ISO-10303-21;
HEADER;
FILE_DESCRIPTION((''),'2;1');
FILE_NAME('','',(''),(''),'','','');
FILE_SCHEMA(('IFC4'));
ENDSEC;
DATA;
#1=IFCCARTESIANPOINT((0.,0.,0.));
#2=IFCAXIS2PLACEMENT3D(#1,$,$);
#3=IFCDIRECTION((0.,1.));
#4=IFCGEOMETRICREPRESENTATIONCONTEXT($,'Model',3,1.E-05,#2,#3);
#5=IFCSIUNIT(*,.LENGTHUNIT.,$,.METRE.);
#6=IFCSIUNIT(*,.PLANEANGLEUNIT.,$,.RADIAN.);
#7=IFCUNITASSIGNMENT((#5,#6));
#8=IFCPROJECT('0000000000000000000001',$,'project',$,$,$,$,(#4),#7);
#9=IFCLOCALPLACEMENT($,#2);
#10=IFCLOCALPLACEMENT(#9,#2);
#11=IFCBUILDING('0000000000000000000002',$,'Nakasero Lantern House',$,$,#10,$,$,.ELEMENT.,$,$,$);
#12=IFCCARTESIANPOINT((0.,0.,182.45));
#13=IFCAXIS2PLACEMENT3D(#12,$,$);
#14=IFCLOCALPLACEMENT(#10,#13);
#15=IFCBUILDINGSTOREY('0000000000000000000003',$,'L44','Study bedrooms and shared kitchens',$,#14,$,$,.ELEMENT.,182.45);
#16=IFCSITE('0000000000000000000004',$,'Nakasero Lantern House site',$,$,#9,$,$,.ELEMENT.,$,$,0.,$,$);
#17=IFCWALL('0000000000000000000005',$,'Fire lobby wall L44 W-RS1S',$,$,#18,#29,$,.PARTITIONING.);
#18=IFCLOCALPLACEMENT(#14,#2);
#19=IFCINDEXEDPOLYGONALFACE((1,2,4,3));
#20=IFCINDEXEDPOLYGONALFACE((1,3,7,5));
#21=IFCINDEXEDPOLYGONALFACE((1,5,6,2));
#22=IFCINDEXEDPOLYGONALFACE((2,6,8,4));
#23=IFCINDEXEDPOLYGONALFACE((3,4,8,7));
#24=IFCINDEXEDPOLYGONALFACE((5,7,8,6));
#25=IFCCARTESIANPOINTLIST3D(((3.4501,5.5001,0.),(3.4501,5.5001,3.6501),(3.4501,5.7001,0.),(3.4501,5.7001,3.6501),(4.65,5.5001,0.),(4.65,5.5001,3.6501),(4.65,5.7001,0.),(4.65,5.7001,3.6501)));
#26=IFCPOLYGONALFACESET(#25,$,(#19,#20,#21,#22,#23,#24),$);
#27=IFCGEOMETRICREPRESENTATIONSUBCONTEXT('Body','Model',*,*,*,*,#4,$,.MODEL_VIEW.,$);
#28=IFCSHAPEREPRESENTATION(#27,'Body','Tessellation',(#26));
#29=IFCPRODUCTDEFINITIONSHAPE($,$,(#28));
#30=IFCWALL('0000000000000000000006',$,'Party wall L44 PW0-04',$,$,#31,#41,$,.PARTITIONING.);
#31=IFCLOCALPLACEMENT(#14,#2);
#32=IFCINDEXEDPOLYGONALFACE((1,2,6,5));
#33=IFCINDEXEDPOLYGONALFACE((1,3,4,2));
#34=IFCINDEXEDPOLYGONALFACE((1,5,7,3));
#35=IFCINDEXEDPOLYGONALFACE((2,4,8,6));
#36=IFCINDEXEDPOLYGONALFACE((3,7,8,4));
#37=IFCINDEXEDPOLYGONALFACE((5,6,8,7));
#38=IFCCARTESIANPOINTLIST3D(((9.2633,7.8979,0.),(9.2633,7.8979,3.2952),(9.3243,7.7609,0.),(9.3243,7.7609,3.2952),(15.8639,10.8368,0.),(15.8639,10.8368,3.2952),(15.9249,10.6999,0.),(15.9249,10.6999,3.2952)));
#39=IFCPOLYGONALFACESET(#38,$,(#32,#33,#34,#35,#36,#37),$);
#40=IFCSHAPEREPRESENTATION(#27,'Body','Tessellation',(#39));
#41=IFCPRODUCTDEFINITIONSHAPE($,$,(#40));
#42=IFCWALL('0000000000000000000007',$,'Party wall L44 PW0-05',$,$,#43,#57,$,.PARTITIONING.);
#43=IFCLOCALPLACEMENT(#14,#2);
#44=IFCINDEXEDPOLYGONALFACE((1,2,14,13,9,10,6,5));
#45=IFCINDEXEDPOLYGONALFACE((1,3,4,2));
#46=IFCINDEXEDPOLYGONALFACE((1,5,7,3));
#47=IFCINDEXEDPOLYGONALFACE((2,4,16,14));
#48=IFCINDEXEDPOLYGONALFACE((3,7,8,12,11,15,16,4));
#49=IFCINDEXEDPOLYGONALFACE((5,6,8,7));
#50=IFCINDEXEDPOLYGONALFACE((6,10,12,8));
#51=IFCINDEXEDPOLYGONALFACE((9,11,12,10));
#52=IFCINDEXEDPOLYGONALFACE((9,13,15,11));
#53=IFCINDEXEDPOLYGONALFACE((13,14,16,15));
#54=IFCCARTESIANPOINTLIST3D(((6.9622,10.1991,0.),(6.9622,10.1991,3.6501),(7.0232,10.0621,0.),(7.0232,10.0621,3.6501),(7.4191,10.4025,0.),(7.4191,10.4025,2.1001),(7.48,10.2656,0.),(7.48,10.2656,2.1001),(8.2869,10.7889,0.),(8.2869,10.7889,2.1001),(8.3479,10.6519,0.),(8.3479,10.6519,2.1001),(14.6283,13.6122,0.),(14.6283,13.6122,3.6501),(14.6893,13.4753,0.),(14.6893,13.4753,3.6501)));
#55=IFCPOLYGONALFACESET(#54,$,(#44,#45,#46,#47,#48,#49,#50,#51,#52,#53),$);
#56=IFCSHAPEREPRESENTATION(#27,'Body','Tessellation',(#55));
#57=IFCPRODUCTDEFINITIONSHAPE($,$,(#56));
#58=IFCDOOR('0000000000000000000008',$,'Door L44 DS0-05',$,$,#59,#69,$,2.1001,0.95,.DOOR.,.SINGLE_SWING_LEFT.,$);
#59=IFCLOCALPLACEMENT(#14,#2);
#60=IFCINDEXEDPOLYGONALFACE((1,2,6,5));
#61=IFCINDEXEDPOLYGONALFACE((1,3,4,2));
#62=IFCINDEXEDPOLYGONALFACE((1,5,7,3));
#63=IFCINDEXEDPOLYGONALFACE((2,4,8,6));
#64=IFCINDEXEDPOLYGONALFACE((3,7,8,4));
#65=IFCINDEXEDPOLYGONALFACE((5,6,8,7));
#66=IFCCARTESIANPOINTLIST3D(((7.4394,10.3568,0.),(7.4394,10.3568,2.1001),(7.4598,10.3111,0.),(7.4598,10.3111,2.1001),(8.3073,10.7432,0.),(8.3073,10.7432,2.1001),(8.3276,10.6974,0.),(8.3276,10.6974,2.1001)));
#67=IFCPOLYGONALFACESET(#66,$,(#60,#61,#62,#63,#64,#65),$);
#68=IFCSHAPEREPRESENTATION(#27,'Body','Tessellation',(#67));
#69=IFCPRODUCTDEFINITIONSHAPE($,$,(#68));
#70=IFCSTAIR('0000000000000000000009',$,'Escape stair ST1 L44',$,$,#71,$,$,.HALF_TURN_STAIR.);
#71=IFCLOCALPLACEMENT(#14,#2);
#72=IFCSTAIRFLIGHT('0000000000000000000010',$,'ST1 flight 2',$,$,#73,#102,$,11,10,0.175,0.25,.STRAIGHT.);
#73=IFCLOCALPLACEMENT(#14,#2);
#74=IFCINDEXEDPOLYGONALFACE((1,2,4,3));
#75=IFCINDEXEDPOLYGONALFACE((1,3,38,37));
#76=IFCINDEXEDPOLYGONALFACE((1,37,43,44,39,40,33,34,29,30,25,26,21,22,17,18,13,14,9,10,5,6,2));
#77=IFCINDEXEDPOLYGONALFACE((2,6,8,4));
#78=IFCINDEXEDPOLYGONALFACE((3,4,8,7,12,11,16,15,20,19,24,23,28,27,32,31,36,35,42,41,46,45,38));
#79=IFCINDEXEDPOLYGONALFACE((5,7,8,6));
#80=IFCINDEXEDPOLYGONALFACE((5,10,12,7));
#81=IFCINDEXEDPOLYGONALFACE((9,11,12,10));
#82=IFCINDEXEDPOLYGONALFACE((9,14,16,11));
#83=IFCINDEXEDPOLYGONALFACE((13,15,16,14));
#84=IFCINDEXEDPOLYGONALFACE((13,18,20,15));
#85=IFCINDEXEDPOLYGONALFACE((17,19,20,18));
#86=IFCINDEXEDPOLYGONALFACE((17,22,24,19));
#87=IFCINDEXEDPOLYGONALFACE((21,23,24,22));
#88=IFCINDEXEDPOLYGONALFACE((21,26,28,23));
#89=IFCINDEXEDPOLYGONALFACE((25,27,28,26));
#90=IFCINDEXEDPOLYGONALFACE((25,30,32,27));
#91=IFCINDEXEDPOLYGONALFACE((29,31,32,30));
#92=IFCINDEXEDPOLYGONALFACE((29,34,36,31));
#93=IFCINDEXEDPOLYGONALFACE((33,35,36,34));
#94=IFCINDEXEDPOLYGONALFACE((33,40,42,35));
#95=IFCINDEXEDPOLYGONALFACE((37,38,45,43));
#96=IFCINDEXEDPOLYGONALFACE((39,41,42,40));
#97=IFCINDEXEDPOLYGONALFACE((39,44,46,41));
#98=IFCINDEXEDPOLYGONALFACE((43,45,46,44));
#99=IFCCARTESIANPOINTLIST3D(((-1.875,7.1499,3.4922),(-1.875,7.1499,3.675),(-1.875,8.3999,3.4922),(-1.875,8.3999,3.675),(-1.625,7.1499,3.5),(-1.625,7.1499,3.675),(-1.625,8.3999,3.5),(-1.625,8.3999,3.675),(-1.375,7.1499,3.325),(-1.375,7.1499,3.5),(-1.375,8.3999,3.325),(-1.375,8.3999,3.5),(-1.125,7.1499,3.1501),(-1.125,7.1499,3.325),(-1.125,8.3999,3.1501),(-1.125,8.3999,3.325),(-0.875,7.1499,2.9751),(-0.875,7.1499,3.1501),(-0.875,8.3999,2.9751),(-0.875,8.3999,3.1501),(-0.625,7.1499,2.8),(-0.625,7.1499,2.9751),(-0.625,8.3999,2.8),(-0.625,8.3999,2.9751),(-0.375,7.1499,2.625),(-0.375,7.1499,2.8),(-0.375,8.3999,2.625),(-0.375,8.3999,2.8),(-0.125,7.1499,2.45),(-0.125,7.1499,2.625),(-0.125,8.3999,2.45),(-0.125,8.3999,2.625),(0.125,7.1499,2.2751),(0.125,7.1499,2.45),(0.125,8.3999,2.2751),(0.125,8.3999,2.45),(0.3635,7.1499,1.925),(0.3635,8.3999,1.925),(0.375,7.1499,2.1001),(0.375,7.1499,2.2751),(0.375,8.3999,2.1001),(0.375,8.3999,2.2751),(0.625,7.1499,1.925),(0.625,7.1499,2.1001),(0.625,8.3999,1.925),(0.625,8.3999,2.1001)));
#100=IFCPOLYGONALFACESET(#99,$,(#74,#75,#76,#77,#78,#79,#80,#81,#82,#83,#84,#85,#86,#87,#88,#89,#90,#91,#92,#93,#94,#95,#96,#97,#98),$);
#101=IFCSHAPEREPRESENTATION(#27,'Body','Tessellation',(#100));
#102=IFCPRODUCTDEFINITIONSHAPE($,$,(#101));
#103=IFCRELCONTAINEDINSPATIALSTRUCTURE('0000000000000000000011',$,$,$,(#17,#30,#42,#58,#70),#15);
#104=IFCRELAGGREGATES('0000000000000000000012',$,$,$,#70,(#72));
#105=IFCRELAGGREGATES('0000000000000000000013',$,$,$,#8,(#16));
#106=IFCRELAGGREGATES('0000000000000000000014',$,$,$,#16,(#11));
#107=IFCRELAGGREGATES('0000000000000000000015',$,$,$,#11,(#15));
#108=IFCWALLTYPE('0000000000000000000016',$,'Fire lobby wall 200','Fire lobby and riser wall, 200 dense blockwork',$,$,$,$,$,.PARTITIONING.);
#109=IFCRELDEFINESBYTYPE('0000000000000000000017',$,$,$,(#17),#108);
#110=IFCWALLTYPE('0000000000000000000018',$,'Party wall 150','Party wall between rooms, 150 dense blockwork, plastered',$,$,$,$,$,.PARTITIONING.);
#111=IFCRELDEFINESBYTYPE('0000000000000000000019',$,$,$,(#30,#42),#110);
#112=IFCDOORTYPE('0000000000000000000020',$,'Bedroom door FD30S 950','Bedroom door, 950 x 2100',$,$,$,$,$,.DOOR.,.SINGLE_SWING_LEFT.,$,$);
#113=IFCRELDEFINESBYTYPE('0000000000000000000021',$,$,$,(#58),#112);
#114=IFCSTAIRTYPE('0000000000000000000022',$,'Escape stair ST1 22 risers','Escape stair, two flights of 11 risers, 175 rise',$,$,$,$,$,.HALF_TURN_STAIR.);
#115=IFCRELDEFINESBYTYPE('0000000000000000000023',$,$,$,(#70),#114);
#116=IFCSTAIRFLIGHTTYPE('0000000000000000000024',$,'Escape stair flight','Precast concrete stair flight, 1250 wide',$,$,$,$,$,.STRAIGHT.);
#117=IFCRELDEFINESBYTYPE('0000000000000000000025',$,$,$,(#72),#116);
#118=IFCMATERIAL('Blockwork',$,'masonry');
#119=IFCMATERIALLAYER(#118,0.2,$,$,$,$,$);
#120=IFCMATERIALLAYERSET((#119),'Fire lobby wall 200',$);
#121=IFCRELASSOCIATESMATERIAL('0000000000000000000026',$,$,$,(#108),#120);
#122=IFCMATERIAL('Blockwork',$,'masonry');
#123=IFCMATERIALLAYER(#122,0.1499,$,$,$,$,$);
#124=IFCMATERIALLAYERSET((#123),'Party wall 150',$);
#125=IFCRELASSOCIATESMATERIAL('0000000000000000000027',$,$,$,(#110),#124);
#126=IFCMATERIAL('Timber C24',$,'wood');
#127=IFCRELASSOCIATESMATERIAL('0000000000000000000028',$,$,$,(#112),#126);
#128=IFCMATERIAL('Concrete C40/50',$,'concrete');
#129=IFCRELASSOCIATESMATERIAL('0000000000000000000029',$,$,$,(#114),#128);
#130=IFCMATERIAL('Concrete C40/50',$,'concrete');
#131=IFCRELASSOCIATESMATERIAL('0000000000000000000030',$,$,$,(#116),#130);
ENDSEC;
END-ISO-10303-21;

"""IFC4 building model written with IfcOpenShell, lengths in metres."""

from ifc_helpers import new_model, si_unit, direction, frame, frame_2d, origin, place, context, subcontext, project, spatial, polyline, rectangle, outline, extrude, material, layer, layer_set, type_object, element, fill, aggregate, save


model = new_model("IFC4")

# Units and contexts
model_context = context("Model", 3, precision=1e-05, world=origin(), true_north=direction((0.0, 1.0)))
body_context = subcontext(model_context, "Body", "Model", "MODEL_VIEW")
ifc_project = project(units=[si_unit("LENGTHUNIT", "METRE"), si_unit("PLANEANGLEUNIT", "RADIAN")], contexts=[model_context])

# Site, building, storey
site_placement = place(None, origin())
site = spatial("IfcSite", under=ifc_project, at=site_placement, Name="Nakasero Lantern House site", CompositionType="ELEMENT", RefElevation=0.0)
building_placement = place(site_placement, origin())
building = spatial("IfcBuilding", under=site, at=building_placement, Name="Nakasero Lantern House", CompositionType="ELEMENT")
storey_placement = place(building_placement, frame((0.0, 0.0, 182.45)))
storey = spatial("IfcBuildingStorey", under=building, at=storey_placement, Name="L44", Description="Study bedrooms and shared kitchens", CompositionType="ELEMENT", Elevation=182.45)

# Shared definitions
ifc_material_1 = material(Name="Blockwork", Category="masonry")
ifc_layer_1 = layer(ifc_material_1, 0.2)
ifc_layer_set_1 = layer_set([ifc_layer_1], Name="Fire lobby wall 200")
wall_type_1 = type_object("IfcWallType", Name="Fire lobby wall 200", Description="Fire lobby and riser wall, 200 dense blockwork", PredefinedType="PARTITIONING", material=ifc_layer_set_1)

# Walls
for number, where, z_axis, x_axis, name in (
    (1, (3.45, 5.6001, 0.0), (0.0, 0.0, 1.0), (1.0, 0.0, 0.0), "Fire lobby wall L44 W-RS1S"),
):
    element("IfcWall", number, at=place(storey_placement, frame(where, z_axis=z_axis, x_axis=x_axis)), inside=storey, type_object=wall_type_1, Name=name, PredefinedType="PARTITIONING", context=body_context, shape_type="SweptSolid", body=[
        extrude(rectangle(XDim=1.2, YDim=0.2, at=frame_2d((0.6001, 0.0))), origin(), (0.0, 0.0, 1.0), 3.6501),
    ])
ifc_material_2 = material(Name="Blockwork", Category="masonry")
ifc_layer_2 = layer(ifc_material_2, 0.1499)
ifc_layer_set_2 = layer_set([ifc_layer_2], Name="Party wall 150")
wall_type_2 = type_object("IfcWallType", Name="Party wall 150", Description="Party wall between rooms, 150 dense blockwork, plastered", PredefinedType="PARTITIONING", material=ifc_layer_set_2)
wall_1_placement = place(storey_placement, frame((9.2937, 7.8293, 0.0), z_axis=(0.0, 0.0, 1.0), x_axis=(0.913535, 0.406759, 0.0)))
element("IfcWall", 2, at=wall_1_placement, inside=storey, type_object=wall_type_2, Name="Party wall L44 PW0-04", PredefinedType="PARTITIONING", context=body_context, shape_type="SweptSolid", body=[
    extrude(rectangle(XDim=7.2253, YDim=0.1499, at=frame_2d((3.6128, 0.0))), origin(), (0.0, 0.0, 1.0), 3.2952),
])

# Wall, opening, door
wall_2_placement = place(storey_placement, frame((6.9927, 10.1306, 0.0), z_axis=(0.0, 0.0, 1.0), x_axis=(0.913547, 0.406732, 0.0)))
wall_2 = element("IfcWall", 3, at=wall_2_placement, inside=storey, type_object=wall_type_2, Name="Party wall L44 PW0-05", PredefinedType="PARTITIONING", context=body_context, shape_type="SweptSolid", body=[
    extrude(rectangle(XDim=8.3916, YDim=0.1499, at=frame_2d((4.1958, 0.0))), origin(), (0.0, 0.0, 1.0), 3.6501),
])
opening_1_placement = place(wall_2_placement, frame((0.5, 0.0, 0.0)))
opening_1 = element("IfcOpeningElement", 4, at=opening_1_placement, cuts=wall_2, PredefinedType="OPENING", context=body_context, shape_type="SweptSolid", body=[
    extrude(rectangle(XDim=0.95, YDim=2.1001, at=frame_2d((0.4751, 1.05))), frame((0.0, 0.095, 0.0), z_axis=(0.0, -1.0, 0.0), x_axis=(1.0, 0.0, 0.0)), (0.0, 0.0, 1.0), 0.1899),
])
ifc_material_3 = material(Name="Timber C24", Category="wood")
door_type_1 = type_object("IfcDoorType", Name="Bedroom door FD30S 950", Description="Bedroom door, 950 x 2100", OperationType="SINGLE_SWING_LEFT", PredefinedType="DOOR", material=ifc_material_3)
door_1_placement = place(opening_1_placement, origin())
door_1 = element("IfcDoor", 5, at=door_1_placement, inside=storey, type_object=door_type_1, Name="Door L44 DS0-05", OperationType="SINGLE_SWING_LEFT", OverallHeight=2.1001, OverallWidth=0.95, PredefinedType="DOOR", context=body_context, shape_type="SweptSolid", body=[
    extrude(rectangle(XDim=0.95, YDim=2.1001, at=frame_2d((0.4751, 1.05))), frame((0.0, 0.0249, 0.0), z_axis=(0.0, -1.0, 0.0), x_axis=(1.0, 0.0, 0.0)), (0.0, 0.0, 1.0), 0.05),
])
fill(opening_1, door_1)

# Stair, stair flight
ifc_material_4 = material(Name="Concrete C40/50", Category="concrete")
stair_type_1 = type_object("IfcStairType", Name="Escape stair ST1 22 risers", Description="Escape stair, two flights of 11 risers, 175 rise", PredefinedType="HALF_TURN_STAIR", material=ifc_material_4)
stair_1_placement = place(storey_placement, origin())
stair_1 = element("IfcStair", 6, at=stair_1_placement, inside=storey, type_object=stair_type_1, Name="Escape stair ST1 L44", PredefinedType="HALF_TURN_STAIR")
ifc_material_5 = material(Name="Concrete C40/50", Category="concrete")
stair_flight_type = type_object("IfcStairFlightType", Name="Escape stair flight", Description="Precast concrete stair flight, 1250 wide", PredefinedType="STRAIGHT", material=ifc_material_5)
stair_flight_placement = place(storey_placement, frame((0.625, 7.7749, 1.925), z_axis=(0.0, 0.0, 1.0), x_axis=(-1.0, 0.0, 0.0)))
stair_flight = element("IfcStairFlight", 7, at=stair_flight_placement, type_object=stair_flight_type, Name="ST1 flight 2", NumberOfRisers=11, NumberOfTreads=10, PredefinedType="STRAIGHT", RiserHeight=0.175, TreadLength=0.25, context=body_context, shape_type="SweptSolid", body=[
    extrude(outline(polyline([(0.0, 0.0), (0.0, 0.175), (0.25, 0.175), (0.25, 0.3501), (0.5, 0.3501), (0.5, 0.5249), (0.75, 0.5249), (0.75, 0.7), (1.0, 0.7), (1.0, 0.875), (1.25, 0.875), (1.25, 1.05), (1.5, 1.05), (1.5, 1.2251), (1.75, 1.2251), (1.75, 1.3999), (2.0, 1.3999), (2.0, 1.575), (2.25, 1.575), (2.25, 1.75), (2.5, 1.75), (2.5, 1.925), (2.5, 1.5671), (0.2615, 0.0), (0.0, 0.0)])), frame((0.0, 0.625, 0.0), z_axis=(0.0, -1.0, 0.0), x_axis=(1.0, 0.0, 0.0)), (0.0, 0.0, 1.0), 1.25),
])
aggregate(stair_1, [stair_flight])

save(model, "model.ifc")
